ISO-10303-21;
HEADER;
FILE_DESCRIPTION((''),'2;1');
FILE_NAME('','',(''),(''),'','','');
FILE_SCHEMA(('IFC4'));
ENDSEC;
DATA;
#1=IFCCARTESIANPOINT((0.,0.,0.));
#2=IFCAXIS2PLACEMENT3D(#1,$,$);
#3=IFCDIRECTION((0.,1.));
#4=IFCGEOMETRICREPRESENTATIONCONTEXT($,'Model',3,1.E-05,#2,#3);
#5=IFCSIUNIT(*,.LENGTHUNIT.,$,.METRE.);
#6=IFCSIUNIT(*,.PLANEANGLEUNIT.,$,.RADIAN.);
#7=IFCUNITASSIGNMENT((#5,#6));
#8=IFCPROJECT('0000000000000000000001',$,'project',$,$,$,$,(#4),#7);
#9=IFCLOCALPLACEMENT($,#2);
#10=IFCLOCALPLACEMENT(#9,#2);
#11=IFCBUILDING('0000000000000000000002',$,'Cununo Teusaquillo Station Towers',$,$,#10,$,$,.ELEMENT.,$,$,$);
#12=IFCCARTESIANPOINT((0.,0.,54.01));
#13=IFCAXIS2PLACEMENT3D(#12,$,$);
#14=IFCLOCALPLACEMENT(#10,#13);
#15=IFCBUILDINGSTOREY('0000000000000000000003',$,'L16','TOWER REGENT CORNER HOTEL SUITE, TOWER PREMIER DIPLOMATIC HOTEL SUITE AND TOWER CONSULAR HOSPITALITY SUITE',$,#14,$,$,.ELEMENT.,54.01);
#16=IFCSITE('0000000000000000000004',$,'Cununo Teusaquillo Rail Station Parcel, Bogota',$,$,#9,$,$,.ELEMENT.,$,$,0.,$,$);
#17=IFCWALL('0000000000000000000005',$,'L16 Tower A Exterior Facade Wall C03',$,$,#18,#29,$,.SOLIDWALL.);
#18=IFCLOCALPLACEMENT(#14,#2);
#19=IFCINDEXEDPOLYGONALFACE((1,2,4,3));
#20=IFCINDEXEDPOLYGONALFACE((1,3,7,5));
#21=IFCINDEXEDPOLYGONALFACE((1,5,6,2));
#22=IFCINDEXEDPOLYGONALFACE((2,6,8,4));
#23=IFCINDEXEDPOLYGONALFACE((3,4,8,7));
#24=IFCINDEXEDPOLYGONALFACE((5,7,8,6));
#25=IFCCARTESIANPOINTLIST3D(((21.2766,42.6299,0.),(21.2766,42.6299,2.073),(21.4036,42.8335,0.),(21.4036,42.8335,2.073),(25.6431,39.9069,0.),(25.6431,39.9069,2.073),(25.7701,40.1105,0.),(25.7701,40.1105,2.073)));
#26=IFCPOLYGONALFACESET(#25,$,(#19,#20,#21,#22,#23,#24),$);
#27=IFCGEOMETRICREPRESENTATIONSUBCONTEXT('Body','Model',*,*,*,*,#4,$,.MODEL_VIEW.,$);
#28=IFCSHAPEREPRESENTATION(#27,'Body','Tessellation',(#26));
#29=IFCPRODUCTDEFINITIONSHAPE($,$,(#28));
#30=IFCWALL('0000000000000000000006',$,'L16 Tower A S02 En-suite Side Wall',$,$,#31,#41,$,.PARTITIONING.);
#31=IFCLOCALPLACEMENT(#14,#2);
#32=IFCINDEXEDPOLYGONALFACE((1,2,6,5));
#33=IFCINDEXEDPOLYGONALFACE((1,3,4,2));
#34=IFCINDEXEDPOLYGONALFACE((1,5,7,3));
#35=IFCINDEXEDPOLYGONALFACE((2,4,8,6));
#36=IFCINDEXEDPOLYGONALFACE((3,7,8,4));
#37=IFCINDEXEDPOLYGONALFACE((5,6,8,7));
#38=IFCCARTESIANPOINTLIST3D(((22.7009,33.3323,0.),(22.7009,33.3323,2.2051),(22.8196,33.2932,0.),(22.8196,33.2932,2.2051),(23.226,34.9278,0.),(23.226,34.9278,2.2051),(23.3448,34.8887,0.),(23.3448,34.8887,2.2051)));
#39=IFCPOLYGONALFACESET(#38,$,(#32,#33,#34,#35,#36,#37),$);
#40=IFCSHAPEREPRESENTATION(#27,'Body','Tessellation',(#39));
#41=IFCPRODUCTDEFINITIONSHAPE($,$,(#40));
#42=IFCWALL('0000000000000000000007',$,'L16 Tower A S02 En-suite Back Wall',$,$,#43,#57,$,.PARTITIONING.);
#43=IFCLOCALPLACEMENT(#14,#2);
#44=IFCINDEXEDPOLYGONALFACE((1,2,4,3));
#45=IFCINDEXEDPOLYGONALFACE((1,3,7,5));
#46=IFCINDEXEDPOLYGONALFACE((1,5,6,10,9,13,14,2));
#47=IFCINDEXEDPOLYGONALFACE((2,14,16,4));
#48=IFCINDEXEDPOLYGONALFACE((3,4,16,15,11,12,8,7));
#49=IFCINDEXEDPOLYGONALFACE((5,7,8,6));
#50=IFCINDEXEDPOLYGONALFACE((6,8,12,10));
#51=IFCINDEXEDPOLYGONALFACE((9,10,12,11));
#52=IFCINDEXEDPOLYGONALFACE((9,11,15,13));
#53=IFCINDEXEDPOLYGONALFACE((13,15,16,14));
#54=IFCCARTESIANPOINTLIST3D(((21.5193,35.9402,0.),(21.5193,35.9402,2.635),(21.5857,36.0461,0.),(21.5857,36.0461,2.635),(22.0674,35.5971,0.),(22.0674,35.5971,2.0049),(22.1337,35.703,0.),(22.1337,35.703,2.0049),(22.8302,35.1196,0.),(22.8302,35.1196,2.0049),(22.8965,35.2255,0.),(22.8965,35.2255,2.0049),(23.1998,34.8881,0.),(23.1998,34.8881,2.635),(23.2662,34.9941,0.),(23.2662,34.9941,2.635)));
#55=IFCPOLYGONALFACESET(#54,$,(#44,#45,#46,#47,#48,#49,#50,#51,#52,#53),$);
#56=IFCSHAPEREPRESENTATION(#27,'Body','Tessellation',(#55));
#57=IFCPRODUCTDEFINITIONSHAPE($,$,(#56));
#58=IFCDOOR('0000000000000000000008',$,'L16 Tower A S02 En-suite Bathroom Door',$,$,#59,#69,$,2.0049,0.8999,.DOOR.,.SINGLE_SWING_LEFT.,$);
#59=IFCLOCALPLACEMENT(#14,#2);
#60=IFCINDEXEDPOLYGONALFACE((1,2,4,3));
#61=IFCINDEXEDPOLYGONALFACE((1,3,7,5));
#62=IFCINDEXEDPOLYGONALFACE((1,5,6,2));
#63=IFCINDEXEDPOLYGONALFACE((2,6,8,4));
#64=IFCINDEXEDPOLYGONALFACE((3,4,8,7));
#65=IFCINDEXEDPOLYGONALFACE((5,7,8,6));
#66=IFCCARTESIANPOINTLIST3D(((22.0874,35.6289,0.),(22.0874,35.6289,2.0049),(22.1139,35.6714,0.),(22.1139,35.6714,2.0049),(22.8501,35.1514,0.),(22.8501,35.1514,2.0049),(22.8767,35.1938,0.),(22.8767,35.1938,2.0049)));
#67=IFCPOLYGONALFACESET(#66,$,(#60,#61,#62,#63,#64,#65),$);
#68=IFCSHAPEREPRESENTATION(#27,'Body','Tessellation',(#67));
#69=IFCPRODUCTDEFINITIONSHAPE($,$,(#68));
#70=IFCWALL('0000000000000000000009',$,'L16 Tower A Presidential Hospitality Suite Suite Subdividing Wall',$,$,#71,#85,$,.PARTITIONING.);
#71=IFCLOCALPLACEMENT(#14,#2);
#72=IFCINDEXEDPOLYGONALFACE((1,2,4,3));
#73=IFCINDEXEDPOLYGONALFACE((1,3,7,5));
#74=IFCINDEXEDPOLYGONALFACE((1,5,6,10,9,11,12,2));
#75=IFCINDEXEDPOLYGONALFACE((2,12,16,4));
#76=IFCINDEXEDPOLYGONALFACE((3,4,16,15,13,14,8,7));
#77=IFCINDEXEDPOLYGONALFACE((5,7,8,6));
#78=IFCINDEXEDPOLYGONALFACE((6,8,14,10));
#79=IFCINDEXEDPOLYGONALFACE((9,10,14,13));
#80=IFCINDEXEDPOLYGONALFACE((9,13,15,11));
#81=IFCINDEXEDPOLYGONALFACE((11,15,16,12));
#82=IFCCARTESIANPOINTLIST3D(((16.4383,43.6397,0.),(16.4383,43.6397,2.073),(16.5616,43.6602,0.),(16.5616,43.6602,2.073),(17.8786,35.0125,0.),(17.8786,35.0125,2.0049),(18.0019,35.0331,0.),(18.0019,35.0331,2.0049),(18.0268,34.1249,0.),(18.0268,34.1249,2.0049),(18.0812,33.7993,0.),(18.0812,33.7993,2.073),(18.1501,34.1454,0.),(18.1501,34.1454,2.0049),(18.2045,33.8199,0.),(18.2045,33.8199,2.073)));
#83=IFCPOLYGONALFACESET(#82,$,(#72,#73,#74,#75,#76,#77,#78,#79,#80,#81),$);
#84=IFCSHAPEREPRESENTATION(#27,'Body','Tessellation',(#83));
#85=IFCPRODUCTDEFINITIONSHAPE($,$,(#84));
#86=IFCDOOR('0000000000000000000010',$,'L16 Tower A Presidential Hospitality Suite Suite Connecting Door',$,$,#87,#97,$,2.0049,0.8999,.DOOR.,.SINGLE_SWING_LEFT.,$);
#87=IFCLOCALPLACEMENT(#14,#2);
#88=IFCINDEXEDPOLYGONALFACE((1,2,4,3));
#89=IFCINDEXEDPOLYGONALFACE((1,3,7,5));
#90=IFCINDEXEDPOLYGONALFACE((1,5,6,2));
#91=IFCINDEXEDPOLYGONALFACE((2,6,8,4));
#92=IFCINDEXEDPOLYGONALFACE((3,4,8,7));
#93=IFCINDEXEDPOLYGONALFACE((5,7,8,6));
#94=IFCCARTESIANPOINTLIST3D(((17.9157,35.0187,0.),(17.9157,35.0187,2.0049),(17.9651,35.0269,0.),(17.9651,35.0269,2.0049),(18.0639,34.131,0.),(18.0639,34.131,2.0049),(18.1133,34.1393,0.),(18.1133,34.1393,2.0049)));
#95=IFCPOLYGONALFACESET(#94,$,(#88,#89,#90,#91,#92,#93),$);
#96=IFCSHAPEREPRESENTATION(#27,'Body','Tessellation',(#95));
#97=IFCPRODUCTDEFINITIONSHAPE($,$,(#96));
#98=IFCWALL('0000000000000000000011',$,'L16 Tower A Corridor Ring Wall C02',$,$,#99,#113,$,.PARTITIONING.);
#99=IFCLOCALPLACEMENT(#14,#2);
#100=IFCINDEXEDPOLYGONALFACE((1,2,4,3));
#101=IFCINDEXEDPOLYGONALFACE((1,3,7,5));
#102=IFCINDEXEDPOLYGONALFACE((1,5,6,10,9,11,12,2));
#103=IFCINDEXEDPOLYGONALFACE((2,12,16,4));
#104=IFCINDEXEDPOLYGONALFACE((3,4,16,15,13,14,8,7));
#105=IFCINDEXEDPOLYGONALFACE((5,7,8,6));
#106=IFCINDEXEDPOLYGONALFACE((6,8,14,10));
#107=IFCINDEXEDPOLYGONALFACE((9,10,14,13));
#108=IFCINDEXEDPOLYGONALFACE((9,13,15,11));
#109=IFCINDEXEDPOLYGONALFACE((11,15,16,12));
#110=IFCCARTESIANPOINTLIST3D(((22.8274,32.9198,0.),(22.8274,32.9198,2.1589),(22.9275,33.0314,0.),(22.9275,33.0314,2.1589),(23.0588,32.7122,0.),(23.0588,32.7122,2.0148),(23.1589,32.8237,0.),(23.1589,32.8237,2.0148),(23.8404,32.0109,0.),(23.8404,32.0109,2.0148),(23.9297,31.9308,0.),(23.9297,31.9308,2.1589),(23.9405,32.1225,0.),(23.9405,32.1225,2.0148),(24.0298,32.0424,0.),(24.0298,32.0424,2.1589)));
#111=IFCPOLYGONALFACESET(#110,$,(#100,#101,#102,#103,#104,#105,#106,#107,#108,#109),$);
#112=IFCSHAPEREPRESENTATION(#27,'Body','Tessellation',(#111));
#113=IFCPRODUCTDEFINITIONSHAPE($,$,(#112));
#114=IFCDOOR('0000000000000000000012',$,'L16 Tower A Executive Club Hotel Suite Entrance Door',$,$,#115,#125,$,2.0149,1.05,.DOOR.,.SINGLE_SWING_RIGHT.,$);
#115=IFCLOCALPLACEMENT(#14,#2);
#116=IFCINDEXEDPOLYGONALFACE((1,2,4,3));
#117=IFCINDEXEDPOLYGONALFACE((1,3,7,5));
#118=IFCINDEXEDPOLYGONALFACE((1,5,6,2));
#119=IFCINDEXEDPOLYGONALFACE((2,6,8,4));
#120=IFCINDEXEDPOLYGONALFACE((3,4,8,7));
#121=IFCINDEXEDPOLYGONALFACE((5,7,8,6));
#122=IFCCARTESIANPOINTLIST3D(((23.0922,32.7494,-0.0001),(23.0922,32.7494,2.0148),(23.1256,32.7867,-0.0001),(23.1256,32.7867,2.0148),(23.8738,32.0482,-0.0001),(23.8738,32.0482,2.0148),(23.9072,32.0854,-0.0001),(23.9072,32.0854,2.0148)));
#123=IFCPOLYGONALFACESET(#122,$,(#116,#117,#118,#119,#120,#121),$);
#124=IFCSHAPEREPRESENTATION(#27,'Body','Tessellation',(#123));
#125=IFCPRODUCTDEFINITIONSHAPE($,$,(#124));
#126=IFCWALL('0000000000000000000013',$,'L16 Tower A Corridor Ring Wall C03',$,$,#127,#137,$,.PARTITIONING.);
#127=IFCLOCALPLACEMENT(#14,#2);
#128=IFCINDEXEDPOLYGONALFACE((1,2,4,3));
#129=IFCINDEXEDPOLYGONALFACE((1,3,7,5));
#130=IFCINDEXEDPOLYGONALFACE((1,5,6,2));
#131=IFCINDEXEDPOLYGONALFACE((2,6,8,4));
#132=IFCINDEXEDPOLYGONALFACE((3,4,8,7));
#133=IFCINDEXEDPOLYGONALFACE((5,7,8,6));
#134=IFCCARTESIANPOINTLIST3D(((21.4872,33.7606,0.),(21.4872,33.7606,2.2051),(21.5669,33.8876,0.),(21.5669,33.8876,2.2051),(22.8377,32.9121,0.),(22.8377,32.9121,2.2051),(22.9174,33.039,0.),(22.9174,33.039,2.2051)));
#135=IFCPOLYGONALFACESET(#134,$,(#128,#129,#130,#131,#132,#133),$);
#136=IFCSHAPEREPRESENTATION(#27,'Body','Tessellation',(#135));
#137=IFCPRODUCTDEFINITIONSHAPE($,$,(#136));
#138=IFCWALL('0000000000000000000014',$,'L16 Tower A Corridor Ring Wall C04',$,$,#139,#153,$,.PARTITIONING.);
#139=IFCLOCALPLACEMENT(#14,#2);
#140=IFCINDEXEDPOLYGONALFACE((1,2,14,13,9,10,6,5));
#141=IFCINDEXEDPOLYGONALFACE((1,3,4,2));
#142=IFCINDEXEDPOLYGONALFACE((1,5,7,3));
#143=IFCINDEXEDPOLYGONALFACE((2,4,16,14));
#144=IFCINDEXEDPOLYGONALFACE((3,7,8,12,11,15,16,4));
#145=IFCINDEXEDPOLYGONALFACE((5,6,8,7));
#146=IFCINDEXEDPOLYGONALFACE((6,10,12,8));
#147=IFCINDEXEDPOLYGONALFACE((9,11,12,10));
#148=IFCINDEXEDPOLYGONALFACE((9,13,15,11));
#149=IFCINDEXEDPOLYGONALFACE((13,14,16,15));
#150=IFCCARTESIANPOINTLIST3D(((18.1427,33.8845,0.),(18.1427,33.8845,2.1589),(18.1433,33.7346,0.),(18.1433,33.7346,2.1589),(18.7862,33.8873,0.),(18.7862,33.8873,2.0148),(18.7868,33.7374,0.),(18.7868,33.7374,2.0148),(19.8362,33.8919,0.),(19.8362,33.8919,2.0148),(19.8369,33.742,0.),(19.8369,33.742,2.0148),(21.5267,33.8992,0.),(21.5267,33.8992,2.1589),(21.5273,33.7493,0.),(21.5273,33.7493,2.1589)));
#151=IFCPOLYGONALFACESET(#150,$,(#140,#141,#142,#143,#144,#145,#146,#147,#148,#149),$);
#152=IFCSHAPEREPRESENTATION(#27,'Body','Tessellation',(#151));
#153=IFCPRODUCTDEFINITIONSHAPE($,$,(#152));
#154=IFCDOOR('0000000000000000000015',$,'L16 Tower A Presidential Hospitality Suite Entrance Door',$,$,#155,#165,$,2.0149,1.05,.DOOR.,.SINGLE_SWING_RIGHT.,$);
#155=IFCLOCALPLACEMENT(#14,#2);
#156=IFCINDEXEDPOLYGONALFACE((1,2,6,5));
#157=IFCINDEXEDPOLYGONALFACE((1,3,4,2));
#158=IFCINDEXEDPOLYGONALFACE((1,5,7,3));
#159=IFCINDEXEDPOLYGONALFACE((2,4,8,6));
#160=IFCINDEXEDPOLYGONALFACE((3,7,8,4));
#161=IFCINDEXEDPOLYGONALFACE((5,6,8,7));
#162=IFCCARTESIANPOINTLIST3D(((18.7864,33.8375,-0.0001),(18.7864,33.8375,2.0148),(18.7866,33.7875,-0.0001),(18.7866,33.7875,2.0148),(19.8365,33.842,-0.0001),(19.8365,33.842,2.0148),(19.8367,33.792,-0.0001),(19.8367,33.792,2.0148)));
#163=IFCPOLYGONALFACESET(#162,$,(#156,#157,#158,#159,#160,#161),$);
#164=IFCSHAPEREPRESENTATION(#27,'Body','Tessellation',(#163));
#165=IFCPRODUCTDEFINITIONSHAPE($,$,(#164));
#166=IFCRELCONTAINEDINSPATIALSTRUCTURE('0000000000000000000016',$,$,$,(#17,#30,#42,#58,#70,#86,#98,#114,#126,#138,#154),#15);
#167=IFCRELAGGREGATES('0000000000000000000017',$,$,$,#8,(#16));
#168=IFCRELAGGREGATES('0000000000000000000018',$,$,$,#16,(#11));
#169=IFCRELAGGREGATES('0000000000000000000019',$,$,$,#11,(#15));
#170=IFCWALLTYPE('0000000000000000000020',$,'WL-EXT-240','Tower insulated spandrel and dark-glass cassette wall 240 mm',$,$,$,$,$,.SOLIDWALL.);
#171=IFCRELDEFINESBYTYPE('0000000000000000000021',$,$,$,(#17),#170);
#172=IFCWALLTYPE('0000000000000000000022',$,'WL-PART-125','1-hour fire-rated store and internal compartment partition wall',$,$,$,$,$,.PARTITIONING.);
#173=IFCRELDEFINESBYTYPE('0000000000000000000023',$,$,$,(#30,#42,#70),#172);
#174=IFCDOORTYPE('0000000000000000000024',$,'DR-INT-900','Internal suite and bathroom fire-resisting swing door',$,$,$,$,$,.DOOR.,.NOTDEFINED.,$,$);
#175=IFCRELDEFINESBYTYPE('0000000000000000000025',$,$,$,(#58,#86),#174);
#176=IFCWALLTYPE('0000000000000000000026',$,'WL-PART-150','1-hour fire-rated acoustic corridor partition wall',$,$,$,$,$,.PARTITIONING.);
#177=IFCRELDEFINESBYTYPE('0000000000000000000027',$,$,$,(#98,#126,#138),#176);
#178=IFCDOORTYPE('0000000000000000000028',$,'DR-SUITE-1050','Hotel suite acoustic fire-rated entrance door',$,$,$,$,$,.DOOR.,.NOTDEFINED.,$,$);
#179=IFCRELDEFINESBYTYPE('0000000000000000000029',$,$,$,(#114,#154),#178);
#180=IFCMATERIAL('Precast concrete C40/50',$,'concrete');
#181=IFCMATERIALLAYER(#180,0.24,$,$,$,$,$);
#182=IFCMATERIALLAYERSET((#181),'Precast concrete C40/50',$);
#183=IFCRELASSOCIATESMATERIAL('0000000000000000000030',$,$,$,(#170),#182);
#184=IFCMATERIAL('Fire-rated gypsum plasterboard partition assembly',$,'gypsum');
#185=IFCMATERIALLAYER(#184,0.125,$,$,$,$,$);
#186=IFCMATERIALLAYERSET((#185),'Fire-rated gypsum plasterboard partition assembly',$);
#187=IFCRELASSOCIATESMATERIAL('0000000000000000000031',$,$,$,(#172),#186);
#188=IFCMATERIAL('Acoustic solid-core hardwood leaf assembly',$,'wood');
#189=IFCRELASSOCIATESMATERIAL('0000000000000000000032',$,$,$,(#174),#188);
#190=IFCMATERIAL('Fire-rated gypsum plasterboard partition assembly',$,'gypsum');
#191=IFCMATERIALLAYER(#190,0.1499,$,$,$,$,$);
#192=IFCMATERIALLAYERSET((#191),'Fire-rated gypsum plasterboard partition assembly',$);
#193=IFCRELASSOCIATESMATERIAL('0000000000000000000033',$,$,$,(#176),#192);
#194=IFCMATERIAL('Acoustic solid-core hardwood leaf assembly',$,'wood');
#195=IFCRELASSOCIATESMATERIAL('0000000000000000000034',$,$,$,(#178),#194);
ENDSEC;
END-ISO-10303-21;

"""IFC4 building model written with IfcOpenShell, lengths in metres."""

from ifc_helpers import new_model, si_unit, direction, frame, frame_2d, origin, place, context, subcontext, project, spatial, rectangle, extrude, source, transform, mapped, material, layer, layer_set, type_object, element, fill, save


model = new_model("IFC4")

# Units and contexts
model_context = context("Model", 3, precision=1e-05, world=origin(), true_north=direction((0.0, 1.0)))
body_context = subcontext(model_context, "Body", "Model", "MODEL_VIEW")
ifc_project = project(units=[si_unit("LENGTHUNIT", "METRE"), si_unit("PLANEANGLEUNIT", "RADIAN")], contexts=[model_context])

# Site, building, storey
site_placement = place(None, origin())
site = spatial("IfcSite", under=ifc_project, at=site_placement, Name="Cununo Teusaquillo Rail Station Parcel, Bogota", CompositionType="ELEMENT", RefElevation=0.0)
building_placement = place(site_placement, origin())
building = spatial("IfcBuilding", under=site, at=building_placement, Name="Cununo Teusaquillo Station Towers", CompositionType="ELEMENT")
storey_placement = place(building_placement, frame((0.0, 0.0, 54.01)))
storey = spatial("IfcBuildingStorey", under=building, at=storey_placement, Name="L16", Description="TOWER REGENT CORNER HOTEL SUITE, TOWER PREMIER DIPLOMATIC HOTEL SUITE AND TOWER CONSULAR HOSPITALITY SUITE", CompositionType="ELEMENT", Elevation=54.01)

# Shared definitions
ifc_material_1 = material(Name="Precast concrete C40/50", Category="concrete")
ifc_layer_1 = layer(ifc_material_1, 0.24)
ifc_layer_set_1 = layer_set([ifc_layer_1], Name="Precast concrete C40/50")
wall_type_1 = type_object("IfcWallType", Name="WL-EXT-240", Description="Tower insulated spandrel and dark-glass cassette wall 240 mm", PredefinedType="SOLIDWALL", material=ifc_layer_set_1)

# Walls
wall_1_placement = place(storey_placement, frame((21.3401, 42.7317, 0.0), z_axis=(0.0, 0.0, 1.0), x_axis=(0.848534, -0.529141, 0.0)))
element("IfcWall", 1, at=wall_1_placement, inside=storey, type_object=wall_type_1, Name="L16 Tower A Exterior Facade Wall C03", PredefinedType="SOLIDWALL", context=body_context, shape_type="SweptSolid", body=[
    extrude(rectangle(XDim=5.146, YDim=0.24, at=frame_2d((2.573, 0.0))), origin(), (0.0, 0.0, 1.0), 2.073),
])
ifc_material_2 = material(Name="Fire-rated gypsum plasterboard partition assembly", Category="gypsum")
ifc_layer_2 = layer(ifc_material_2, 0.125)
ifc_layer_set_2 = layer_set([ifc_layer_2], Name="Fire-rated gypsum plasterboard partition assembly")
wall_type_2 = type_object("IfcWallType", Name="WL-PART-125", Description="1-hour fire-rated store and internal compartment partition wall", PredefinedType="PARTITIONING", material=ifc_layer_set_2)
wall_2_placement = place(storey_placement, frame((22.7603, 33.3127, 0.0), z_axis=(0.0, 0.0, 1.0), x_axis=(0.31265, 0.949868, 0.0)))
element("IfcWall", 2, at=wall_2_placement, inside=storey, type_object=wall_type_2, Name="L16 Tower A S02 En-suite Side Wall", PredefinedType="PARTITIONING", context=body_context, shape_type="SweptSolid", body=[
    extrude(rectangle(XDim=1.6797, YDim=0.125, at=frame_2d((0.8398, 0.0))), origin(), (0.0, 0.0, 1.0), 2.2051),
])

# Walls, openings, doors
wall_3_placement = place(storey_placement, frame((23.2329, 34.9412, 0.0), z_axis=(0.0, 0.0, 1.0), x_axis=(-0.847604, 0.53063, 0.0)))
wall_3 = element("IfcWall", 3, at=wall_3_placement, inside=storey, type_object=wall_type_2, Name="L16 Tower A S02 En-suite Back Wall", PredefinedType="PARTITIONING", context=body_context, shape_type="SweptSolid", body=[
    extrude(rectangle(XDim=1.9827, YDim=0.125, at=frame_2d((0.9912, 0.0))), origin(), (0.0, 0.0, 1.0), 2.635),
])
shared_shape_1 = source(origin(), body_context, "Body", "SweptSolid", [
    extrude(rectangle(XDim=0.8999, YDim=2.0049, at=frame_2d((0.45, 1.0024))), frame((0.0, 0.0725, 0.0), z_axis=(0.0, -1.0, 0.0), x_axis=(1.0, 0.0, 0.0)), (0.0, 0.0, 1.0), 0.145),
])
opening_1_placement = place(wall_3_placement, frame((0.436, 0.0, 0.0)))
opening_1 = element("IfcOpeningElement", 4, at=opening_1_placement, cuts=wall_3, PredefinedType="OPENING", context=body_context, shape_type="MappedRepresentation", body=[
    mapped(shared_shape_1, transform((0.0, 0.0, 0.0), x_axis=(1.0, 0.0, 0.0), y_axis=(0.0, 1.0, 0.0), z_axis=(0.0, 0.0, 1.0), scale=1.0)),
])
ifc_material_3 = material(Name="Acoustic solid-core hardwood leaf assembly", Category="wood")
door_type_1 = type_object("IfcDoorType", Name="DR-INT-900", Description="Internal suite and bathroom fire-resisting swing door", OperationType="NOTDEFINED", PredefinedType="DOOR", material=ifc_material_3)
shared_shape_2 = source(origin(), body_context, "Body", "SweptSolid", [
    extrude(rectangle(XDim=0.8999, YDim=2.0049, at=frame_2d((0.45, 1.0024))), frame((0.0, 0.0249, 0.0), z_axis=(0.0, -1.0, 0.0), x_axis=(1.0, 0.0, 0.0)), (0.0, 0.0, 1.0), 0.05),
])
door_1_placement = place(opening_1_placement, origin())
door_1 = element("IfcDoor", 5, at=door_1_placement, inside=storey, type_object=door_type_1, Name="L16 Tower A S02 En-suite Bathroom Door", OperationType="SINGLE_SWING_LEFT", OverallHeight=2.0049, OverallWidth=0.8999, PredefinedType="DOOR", context=body_context, shape_type="MappedRepresentation", body=[
    mapped(shared_shape_2, transform((0.0, 0.0, 0.0), x_axis=(1.0, 0.0, 0.0), y_axis=(0.0, 1.0, 0.0), z_axis=(0.0, 0.0, 1.0), scale=1.0)),
])
fill(opening_1, door_1)
wall_4_placement = place(storey_placement, frame((18.1428, 33.8096, 0.0), z_axis=(0.0, 0.0, 1.0), x_axis=(-0.164669, 0.986349, 0.0)))
wall_4 = element("IfcWall", 6, at=wall_4_placement, inside=storey, type_object=wall_type_2, Name="L16 Tower A Presidential Hospitality Suite Suite Subdividing Wall", PredefinedType="PARTITIONING", context=body_context, shape_type="SweptSolid", body=[
    extrude(rectangle(XDim=9.9766, YDim=0.125, at=frame_2d((4.9883, 0.0))), origin(), (0.0, 0.0, 1.0), 2.073),
])
opening_2_placement = place(wall_4_placement, frame((0.3301, 0.0, 0.0)))
opening_2 = element("IfcOpeningElement", 7, at=opening_2_placement, cuts=wall_4, PredefinedType="OPENING", context=body_context, shape_type="MappedRepresentation", body=[
    mapped(shared_shape_1, transform((0.0, 0.0, 0.0), x_axis=(1.0, 0.0, 0.0), y_axis=(0.0, 1.0, 0.0), z_axis=(0.0, 0.0, 1.0), scale=1.0)),
])
door_2_placement = place(opening_2_placement, origin())
door_2 = element("IfcDoor", 8, at=door_2_placement, inside=storey, type_object=door_type_1, Name="L16 Tower A Presidential Hospitality Suite Suite Connecting Door", OperationType="SINGLE_SWING_LEFT", OverallHeight=2.0049, OverallWidth=0.8999, PredefinedType="DOOR", context=body_context, shape_type="MappedRepresentation", body=[
    mapped(shared_shape_2, transform((0.0, 0.0, 0.0), x_axis=(1.0, 0.0, 0.0), y_axis=(0.0, 1.0, 0.0), z_axis=(0.0, 0.0, 1.0), scale=1.0)),
])
fill(opening_2, door_2)
ifc_material_4 = material(Name="Fire-rated gypsum plasterboard partition assembly", Category="gypsum")
ifc_layer_3 = layer(ifc_material_4, 0.1499)
ifc_layer_set_3 = layer_set([ifc_layer_3], Name="Fire-rated gypsum plasterboard partition assembly")
wall_type_3 = type_object("IfcWallType", Name="WL-PART-150", Description="1-hour fire-rated acoustic corridor partition wall", PredefinedType="PARTITIONING", material=ifc_layer_set_3)
wall_5_placement = place(storey_placement, frame((23.9797, 31.9866, 0.0), z_axis=(0.0, 0.0, 1.0), x_axis=(-0.744318, 0.667825, 0.0)))
wall_5 = element("IfcWall", 9, at=wall_5_placement, inside=storey, type_object=wall_type_3, Name="L16 Tower A Corridor Ring Wall C02", PredefinedType="PARTITIONING", context=body_context, shape_type="SweptSolid", body=[
    extrude(rectangle(XDim=1.481, YDim=0.1499, at=frame_2d((0.7405, 0.0))), origin(), (0.0, 0.0, 1.0), 2.1589),
])
shared_shape_3 = source(origin(), body_context, "Body", "SweptSolid", [
    extrude(rectangle(XDim=1.05, YDim=2.0149, at=frame_2d((0.5249, 1.0073))), frame((0.0, 0.085, 0.0), z_axis=(0.0, -1.0, 0.0), x_axis=(1.0, 0.0, 0.0)), (0.0, 0.0, 1.0), 0.1699),
])
opening_3_placement = place(wall_5_placement, frame((0.1201, 0.0, 0.0)))
opening_3 = element("IfcOpeningElement", 10, at=opening_3_placement, cuts=wall_5, PredefinedType="OPENING", context=body_context, shape_type="MappedRepresentation", body=[
    mapped(shared_shape_3, transform((0.0, 0.0, 0.0), x_axis=(1.0, 0.0, 0.0), y_axis=(0.0, 1.0, 0.0), z_axis=(0.0, 0.0, 1.0), scale=1.0)),
])
ifc_material_5 = material(Name="Acoustic solid-core hardwood leaf assembly", Category="wood")
door_type_2 = type_object("IfcDoorType", Name="DR-SUITE-1050", Description="Hotel suite acoustic fire-rated entrance door", OperationType="NOTDEFINED", PredefinedType="DOOR", material=ifc_material_5)
shared_shape_4 = source(origin(), body_context, "Body", "SweptSolid", [
    extrude(rectangle(XDim=1.05, YDim=2.0149, at=frame_2d((0.5249, 1.0073))), frame((0.0, 0.0249, 0.0), z_axis=(0.0, -1.0, 0.0), x_axis=(1.0, 0.0, 0.0)), (0.0, 0.0, 1.0), 0.05),
])
door_3_placement = place(opening_3_placement, origin())
door_3 = element("IfcDoor", 11, at=door_3_placement, inside=storey, type_object=door_type_2, Name="L16 Tower A Executive Club Hotel Suite Entrance Door", OperationType="SINGLE_SWING_RIGHT", OverallHeight=2.0149, OverallWidth=1.05, PredefinedType="DOOR", context=body_context, shape_type="MappedRepresentation", body=[
    mapped(shared_shape_4, transform((0.0, 0.0, 0.0), x_axis=(1.0, 0.0, 0.0), y_axis=(0.0, 1.0, 0.0), z_axis=(0.0, 0.0, 1.0), scale=1.0)),
])
fill(opening_3, door_3)

# Wall
wall_6_placement = place(storey_placement, frame((22.8774, 32.9756, 0.0), z_axis=(0.0, 0.0, 1.0), x_axis=(-0.846723, 0.532034, 0.0)))
element("IfcWall", 12, at=wall_6_placement, inside=storey, type_object=wall_type_3, Name="L16 Tower A Corridor Ring Wall C03", PredefinedType="PARTITIONING", context=body_context, shape_type="SweptSolid", body=[
    extrude(rectangle(XDim=1.595, YDim=0.1499, at=frame_2d((0.7974, 0.0))), origin(), (0.0, 0.0, 1.0), 2.2051),
])

# Wall, opening, door
wall_7_placement = place(storey_placement, frame((21.5269, 33.8242, 0.0), z_axis=(0.0, 0.0, 1.0), x_axis=(-0.999991, -0.004329, 0.0)))
wall_7 = element("IfcWall", 13, at=wall_7_placement, inside=storey, type_object=wall_type_3, Name="L16 Tower A Corridor Ring Wall C04", PredefinedType="PARTITIONING", context=body_context, shape_type="SweptSolid", body=[
    extrude(rectangle(XDim=3.384, YDim=0.1499, at=frame_2d((1.6919, 0.0))), origin(), (0.0, 0.0, 1.0), 2.1589),
])
opening_4_placement = place(wall_7_placement, frame((1.6904, 0.0, 0.0)))
opening_4 = element("IfcOpeningElement", 14, at=opening_4_placement, cuts=wall_7, PredefinedType="OPENING", context=body_context, shape_type="MappedRepresentation", body=[
    mapped(shared_shape_3, transform((0.0, 0.0, 0.0), x_axis=(1.0, 0.0, 0.0), y_axis=(0.0, 1.0, 0.0), z_axis=(0.0, 0.0, 1.0), scale=1.0)),
])
door_4_placement = place(opening_4_placement, origin())
door_4 = element("IfcDoor", 15, at=door_4_placement, inside=storey, type_object=door_type_2, Name="L16 Tower A Presidential Hospitality Suite Entrance Door", OperationType="SINGLE_SWING_RIGHT", OverallHeight=2.0149, OverallWidth=1.05, PredefinedType="DOOR", context=body_context, shape_type="MappedRepresentation", body=[
    mapped(shared_shape_4, transform((0.0, 0.0, 0.0), x_axis=(1.0, 0.0, 0.0), y_axis=(0.0, 1.0, 0.0), z_axis=(0.0, 0.0, 1.0), scale=1.0)),
])
fill(opening_4, door_4)

save(model, "model.ifc")
